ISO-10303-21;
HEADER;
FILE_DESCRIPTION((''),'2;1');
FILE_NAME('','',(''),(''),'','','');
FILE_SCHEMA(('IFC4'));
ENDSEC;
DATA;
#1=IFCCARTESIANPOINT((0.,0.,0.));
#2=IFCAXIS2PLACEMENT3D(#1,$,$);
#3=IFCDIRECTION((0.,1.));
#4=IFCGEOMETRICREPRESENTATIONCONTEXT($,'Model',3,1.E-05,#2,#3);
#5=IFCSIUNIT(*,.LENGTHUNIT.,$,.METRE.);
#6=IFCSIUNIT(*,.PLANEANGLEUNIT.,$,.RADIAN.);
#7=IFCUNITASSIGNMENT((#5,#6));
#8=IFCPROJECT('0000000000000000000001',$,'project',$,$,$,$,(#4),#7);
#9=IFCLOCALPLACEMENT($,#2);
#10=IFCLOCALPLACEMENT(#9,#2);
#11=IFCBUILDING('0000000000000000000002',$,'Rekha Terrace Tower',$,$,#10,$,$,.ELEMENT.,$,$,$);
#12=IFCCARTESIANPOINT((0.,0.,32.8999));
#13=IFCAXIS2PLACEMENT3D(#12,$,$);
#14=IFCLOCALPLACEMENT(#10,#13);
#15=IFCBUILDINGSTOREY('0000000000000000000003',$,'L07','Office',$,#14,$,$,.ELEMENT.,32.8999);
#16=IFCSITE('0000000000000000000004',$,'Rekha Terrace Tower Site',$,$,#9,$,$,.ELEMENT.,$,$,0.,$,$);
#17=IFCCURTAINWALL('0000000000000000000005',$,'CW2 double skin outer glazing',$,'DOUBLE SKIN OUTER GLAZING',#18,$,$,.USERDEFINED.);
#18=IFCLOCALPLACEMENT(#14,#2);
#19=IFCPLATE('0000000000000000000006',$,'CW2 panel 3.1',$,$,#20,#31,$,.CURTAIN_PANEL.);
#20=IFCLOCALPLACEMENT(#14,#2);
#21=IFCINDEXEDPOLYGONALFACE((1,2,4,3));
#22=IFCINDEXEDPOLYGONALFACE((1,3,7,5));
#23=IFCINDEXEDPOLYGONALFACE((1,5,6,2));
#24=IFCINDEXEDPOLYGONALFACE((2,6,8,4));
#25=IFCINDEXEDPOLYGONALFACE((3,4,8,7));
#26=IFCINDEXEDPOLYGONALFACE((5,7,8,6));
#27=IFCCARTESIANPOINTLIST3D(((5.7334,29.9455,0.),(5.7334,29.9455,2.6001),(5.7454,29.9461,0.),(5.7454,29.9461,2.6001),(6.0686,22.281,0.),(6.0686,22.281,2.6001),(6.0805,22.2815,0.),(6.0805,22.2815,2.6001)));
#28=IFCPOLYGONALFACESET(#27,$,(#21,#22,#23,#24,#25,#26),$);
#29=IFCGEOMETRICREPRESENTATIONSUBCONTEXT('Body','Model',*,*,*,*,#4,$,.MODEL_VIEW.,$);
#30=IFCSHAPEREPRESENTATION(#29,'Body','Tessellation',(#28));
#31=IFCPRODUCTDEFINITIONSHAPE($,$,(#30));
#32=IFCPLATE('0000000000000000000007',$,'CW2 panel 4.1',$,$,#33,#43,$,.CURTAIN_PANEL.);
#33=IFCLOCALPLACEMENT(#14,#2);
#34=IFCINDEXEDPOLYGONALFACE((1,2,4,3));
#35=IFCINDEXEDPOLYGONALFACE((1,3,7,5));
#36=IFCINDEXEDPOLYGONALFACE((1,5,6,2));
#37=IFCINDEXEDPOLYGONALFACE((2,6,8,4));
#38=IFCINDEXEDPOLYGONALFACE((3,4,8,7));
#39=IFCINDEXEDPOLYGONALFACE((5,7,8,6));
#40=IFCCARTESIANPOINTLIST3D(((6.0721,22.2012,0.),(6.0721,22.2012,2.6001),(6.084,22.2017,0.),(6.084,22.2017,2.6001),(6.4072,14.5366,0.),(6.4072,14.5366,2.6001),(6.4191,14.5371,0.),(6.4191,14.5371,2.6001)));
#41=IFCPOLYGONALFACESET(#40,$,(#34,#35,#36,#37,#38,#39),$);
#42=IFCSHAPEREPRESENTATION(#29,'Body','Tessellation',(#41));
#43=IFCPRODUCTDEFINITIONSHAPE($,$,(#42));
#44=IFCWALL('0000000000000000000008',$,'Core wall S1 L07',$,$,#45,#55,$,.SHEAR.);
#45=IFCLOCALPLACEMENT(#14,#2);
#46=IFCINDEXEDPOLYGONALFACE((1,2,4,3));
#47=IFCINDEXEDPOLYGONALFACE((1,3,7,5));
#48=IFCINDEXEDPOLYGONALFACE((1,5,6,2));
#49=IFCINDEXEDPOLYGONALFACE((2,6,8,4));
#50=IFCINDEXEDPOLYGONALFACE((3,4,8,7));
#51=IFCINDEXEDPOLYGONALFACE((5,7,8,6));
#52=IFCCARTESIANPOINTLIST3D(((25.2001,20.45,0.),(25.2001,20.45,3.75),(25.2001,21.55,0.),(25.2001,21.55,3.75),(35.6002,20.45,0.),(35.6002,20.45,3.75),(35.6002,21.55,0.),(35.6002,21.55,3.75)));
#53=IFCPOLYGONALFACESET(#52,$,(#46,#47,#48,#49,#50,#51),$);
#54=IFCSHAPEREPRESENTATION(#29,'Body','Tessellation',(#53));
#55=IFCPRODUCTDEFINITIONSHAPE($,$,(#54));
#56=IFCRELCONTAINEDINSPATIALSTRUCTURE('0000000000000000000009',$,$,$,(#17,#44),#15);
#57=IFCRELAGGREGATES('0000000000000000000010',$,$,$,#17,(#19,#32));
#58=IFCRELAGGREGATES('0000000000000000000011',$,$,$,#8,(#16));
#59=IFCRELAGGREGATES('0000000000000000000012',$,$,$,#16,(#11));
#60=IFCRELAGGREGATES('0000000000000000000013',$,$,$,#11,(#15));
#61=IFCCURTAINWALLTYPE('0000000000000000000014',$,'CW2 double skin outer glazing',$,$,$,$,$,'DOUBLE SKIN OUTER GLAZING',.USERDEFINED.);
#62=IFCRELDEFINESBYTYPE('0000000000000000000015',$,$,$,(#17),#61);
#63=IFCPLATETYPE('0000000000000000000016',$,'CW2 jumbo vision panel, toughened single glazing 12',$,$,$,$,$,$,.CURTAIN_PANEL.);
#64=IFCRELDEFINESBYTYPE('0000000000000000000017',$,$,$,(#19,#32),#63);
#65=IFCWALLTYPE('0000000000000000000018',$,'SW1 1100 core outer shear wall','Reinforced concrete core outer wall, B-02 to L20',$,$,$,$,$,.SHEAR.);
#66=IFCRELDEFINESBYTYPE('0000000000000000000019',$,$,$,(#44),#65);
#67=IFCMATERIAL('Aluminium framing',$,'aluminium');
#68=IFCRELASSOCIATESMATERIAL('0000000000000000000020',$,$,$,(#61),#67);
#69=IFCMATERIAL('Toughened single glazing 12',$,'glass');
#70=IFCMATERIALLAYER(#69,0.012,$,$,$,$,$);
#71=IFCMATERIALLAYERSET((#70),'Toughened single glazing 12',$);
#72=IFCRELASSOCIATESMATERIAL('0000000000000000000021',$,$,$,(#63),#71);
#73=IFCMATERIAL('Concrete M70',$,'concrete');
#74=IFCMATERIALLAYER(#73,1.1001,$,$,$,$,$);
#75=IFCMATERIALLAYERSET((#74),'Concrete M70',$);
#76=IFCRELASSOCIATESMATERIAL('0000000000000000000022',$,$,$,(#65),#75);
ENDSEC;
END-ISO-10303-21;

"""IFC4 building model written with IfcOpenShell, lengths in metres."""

from ifc_helpers import new_model, si_unit, direction, frame, frame_2d, origin, origin_2d, place, context, subcontext, project, spatial, rectangle, extrude, material, layer, layer_set, type_object, element, aggregate, save


model = new_model("IFC4")

# Units and contexts
model_context = context("Model", 3, precision=1e-05, world=origin(), true_north=direction((0.0, 1.0)))
body_context = subcontext(model_context, "Body", "Model", "MODEL_VIEW")
ifc_project = project(units=[si_unit("LENGTHUNIT", "METRE"), si_unit("PLANEANGLEUNIT", "RADIAN")], contexts=[model_context])

# Site, building, storey
site_placement = place(None, origin())
site = spatial("IfcSite", under=ifc_project, at=site_placement, Name="Rekha Terrace Tower Site", CompositionType="ELEMENT", RefElevation=0.0)
building_placement = place(site_placement, origin())
building = spatial("IfcBuilding", under=site, at=building_placement, Name="Rekha Terrace Tower", CompositionType="ELEMENT")
storey_placement = place(building_placement, frame((0.0, 0.0, 32.8999)))
storey = spatial("IfcBuildingStorey", under=building, at=storey_placement, Name="L07", Description="Office", CompositionType="ELEMENT", Elevation=32.8999)

# Shared definitions
ifc_material_1 = material(Name="Concrete M70", Category="concrete")

# Curtain wall
ifc_material_2 = material(Name="Aluminium framing", Category="aluminium")
curtain_wall_type_1 = type_object("IfcCurtainWallType", Name="CW2 double skin outer glazing", ElementType="DOUBLE SKIN OUTER GLAZING", PredefinedType="USERDEFINED", material=ifc_material_2)
curtain_wall_1_placement = place(storey_placement, origin())
curtain_wall_1 = element("IfcCurtainWall", 1, at=curtain_wall_1_placement, inside=storey, type_object=curtain_wall_type_1, Name="CW2 double skin outer glazing", ObjectType="DOUBLE SKIN OUTER GLAZING", PredefinedType="USERDEFINED")

# Plates
ifc_material_3 = material(Name="Toughened single glazing 12", Category="glass")
ifc_layer_1 = layer(ifc_material_3, 0.012)
ifc_layer_set_1 = layer_set([ifc_layer_1], Name="Toughened single glazing 12")
plate_type_1 = type_object("IfcPlateType", Name="CW2 jumbo vision panel, toughened single glazing 12", PredefinedType="CURTAIN_PANEL", material=ifc_layer_set_1)
plate_1_placement = place(storey_placement, frame((5.907, 26.1135, 0.0), z_axis=(0.0, 0.0, 1.0), x_axis=(0.043683, -0.999045, 0.0)))
plate_1 = element("IfcPlate", 2, at=plate_1_placement, type_object=plate_type_1, Name="CW2 panel 3.1", PredefinedType="CURTAIN_PANEL", context=body_context, shape_type="SweptSolid", body=[
    extrude(rectangle(XDim=7.6719, YDim=0.012, at=origin_2d()), origin(), (0.0, 0.0, 1.0), 2.6001),
])
plate_2_placement = place(storey_placement, frame((6.2456, 18.3691, 0.0), z_axis=(0.0, 0.0, 1.0), x_axis=(0.043683, -0.999045, 0.0)))
plate_2 = element("IfcPlate", 3, at=plate_2_placement, type_object=plate_type_1, Name="CW2 panel 4.1", PredefinedType="CURTAIN_PANEL", context=body_context, shape_type="SweptSolid", body=[
    extrude(rectangle(XDim=7.6719, YDim=0.012, at=origin_2d()), origin(), (0.0, 0.0, 1.0), 2.6001),
])
aggregate(curtain_wall_1, [plate_1, plate_2])

# Wall
ifc_layer_2 = layer(ifc_material_1, 1.1001)
ifc_layer_set_2 = layer_set([ifc_layer_2], Name="Concrete M70")
wall_type = type_object("IfcWallType", Name="SW1 1100 core outer shear wall", Description="Reinforced concrete core outer wall, B-02 to L20", PredefinedType="SHEAR", material=ifc_layer_set_2)
wall_placement = place(storey_placement, frame((25.2, 21.0, 0.0), z_axis=(0.0, 0.0, 1.0), x_axis=(1.0, 0.0, 0.0)))
element("IfcWall", 4, at=wall_placement, inside=storey, type_object=wall_type, Name="Core wall S1 L07", PredefinedType="SHEAR", context=body_context, shape_type="SweptSolid", body=[
    extrude(rectangle(XDim=10.4001, YDim=1.1001, at=frame_2d((5.2002, 0.0))), origin(), (0.0, 0.0, 1.0), 3.75),
])

save(model, "model.ifc")
